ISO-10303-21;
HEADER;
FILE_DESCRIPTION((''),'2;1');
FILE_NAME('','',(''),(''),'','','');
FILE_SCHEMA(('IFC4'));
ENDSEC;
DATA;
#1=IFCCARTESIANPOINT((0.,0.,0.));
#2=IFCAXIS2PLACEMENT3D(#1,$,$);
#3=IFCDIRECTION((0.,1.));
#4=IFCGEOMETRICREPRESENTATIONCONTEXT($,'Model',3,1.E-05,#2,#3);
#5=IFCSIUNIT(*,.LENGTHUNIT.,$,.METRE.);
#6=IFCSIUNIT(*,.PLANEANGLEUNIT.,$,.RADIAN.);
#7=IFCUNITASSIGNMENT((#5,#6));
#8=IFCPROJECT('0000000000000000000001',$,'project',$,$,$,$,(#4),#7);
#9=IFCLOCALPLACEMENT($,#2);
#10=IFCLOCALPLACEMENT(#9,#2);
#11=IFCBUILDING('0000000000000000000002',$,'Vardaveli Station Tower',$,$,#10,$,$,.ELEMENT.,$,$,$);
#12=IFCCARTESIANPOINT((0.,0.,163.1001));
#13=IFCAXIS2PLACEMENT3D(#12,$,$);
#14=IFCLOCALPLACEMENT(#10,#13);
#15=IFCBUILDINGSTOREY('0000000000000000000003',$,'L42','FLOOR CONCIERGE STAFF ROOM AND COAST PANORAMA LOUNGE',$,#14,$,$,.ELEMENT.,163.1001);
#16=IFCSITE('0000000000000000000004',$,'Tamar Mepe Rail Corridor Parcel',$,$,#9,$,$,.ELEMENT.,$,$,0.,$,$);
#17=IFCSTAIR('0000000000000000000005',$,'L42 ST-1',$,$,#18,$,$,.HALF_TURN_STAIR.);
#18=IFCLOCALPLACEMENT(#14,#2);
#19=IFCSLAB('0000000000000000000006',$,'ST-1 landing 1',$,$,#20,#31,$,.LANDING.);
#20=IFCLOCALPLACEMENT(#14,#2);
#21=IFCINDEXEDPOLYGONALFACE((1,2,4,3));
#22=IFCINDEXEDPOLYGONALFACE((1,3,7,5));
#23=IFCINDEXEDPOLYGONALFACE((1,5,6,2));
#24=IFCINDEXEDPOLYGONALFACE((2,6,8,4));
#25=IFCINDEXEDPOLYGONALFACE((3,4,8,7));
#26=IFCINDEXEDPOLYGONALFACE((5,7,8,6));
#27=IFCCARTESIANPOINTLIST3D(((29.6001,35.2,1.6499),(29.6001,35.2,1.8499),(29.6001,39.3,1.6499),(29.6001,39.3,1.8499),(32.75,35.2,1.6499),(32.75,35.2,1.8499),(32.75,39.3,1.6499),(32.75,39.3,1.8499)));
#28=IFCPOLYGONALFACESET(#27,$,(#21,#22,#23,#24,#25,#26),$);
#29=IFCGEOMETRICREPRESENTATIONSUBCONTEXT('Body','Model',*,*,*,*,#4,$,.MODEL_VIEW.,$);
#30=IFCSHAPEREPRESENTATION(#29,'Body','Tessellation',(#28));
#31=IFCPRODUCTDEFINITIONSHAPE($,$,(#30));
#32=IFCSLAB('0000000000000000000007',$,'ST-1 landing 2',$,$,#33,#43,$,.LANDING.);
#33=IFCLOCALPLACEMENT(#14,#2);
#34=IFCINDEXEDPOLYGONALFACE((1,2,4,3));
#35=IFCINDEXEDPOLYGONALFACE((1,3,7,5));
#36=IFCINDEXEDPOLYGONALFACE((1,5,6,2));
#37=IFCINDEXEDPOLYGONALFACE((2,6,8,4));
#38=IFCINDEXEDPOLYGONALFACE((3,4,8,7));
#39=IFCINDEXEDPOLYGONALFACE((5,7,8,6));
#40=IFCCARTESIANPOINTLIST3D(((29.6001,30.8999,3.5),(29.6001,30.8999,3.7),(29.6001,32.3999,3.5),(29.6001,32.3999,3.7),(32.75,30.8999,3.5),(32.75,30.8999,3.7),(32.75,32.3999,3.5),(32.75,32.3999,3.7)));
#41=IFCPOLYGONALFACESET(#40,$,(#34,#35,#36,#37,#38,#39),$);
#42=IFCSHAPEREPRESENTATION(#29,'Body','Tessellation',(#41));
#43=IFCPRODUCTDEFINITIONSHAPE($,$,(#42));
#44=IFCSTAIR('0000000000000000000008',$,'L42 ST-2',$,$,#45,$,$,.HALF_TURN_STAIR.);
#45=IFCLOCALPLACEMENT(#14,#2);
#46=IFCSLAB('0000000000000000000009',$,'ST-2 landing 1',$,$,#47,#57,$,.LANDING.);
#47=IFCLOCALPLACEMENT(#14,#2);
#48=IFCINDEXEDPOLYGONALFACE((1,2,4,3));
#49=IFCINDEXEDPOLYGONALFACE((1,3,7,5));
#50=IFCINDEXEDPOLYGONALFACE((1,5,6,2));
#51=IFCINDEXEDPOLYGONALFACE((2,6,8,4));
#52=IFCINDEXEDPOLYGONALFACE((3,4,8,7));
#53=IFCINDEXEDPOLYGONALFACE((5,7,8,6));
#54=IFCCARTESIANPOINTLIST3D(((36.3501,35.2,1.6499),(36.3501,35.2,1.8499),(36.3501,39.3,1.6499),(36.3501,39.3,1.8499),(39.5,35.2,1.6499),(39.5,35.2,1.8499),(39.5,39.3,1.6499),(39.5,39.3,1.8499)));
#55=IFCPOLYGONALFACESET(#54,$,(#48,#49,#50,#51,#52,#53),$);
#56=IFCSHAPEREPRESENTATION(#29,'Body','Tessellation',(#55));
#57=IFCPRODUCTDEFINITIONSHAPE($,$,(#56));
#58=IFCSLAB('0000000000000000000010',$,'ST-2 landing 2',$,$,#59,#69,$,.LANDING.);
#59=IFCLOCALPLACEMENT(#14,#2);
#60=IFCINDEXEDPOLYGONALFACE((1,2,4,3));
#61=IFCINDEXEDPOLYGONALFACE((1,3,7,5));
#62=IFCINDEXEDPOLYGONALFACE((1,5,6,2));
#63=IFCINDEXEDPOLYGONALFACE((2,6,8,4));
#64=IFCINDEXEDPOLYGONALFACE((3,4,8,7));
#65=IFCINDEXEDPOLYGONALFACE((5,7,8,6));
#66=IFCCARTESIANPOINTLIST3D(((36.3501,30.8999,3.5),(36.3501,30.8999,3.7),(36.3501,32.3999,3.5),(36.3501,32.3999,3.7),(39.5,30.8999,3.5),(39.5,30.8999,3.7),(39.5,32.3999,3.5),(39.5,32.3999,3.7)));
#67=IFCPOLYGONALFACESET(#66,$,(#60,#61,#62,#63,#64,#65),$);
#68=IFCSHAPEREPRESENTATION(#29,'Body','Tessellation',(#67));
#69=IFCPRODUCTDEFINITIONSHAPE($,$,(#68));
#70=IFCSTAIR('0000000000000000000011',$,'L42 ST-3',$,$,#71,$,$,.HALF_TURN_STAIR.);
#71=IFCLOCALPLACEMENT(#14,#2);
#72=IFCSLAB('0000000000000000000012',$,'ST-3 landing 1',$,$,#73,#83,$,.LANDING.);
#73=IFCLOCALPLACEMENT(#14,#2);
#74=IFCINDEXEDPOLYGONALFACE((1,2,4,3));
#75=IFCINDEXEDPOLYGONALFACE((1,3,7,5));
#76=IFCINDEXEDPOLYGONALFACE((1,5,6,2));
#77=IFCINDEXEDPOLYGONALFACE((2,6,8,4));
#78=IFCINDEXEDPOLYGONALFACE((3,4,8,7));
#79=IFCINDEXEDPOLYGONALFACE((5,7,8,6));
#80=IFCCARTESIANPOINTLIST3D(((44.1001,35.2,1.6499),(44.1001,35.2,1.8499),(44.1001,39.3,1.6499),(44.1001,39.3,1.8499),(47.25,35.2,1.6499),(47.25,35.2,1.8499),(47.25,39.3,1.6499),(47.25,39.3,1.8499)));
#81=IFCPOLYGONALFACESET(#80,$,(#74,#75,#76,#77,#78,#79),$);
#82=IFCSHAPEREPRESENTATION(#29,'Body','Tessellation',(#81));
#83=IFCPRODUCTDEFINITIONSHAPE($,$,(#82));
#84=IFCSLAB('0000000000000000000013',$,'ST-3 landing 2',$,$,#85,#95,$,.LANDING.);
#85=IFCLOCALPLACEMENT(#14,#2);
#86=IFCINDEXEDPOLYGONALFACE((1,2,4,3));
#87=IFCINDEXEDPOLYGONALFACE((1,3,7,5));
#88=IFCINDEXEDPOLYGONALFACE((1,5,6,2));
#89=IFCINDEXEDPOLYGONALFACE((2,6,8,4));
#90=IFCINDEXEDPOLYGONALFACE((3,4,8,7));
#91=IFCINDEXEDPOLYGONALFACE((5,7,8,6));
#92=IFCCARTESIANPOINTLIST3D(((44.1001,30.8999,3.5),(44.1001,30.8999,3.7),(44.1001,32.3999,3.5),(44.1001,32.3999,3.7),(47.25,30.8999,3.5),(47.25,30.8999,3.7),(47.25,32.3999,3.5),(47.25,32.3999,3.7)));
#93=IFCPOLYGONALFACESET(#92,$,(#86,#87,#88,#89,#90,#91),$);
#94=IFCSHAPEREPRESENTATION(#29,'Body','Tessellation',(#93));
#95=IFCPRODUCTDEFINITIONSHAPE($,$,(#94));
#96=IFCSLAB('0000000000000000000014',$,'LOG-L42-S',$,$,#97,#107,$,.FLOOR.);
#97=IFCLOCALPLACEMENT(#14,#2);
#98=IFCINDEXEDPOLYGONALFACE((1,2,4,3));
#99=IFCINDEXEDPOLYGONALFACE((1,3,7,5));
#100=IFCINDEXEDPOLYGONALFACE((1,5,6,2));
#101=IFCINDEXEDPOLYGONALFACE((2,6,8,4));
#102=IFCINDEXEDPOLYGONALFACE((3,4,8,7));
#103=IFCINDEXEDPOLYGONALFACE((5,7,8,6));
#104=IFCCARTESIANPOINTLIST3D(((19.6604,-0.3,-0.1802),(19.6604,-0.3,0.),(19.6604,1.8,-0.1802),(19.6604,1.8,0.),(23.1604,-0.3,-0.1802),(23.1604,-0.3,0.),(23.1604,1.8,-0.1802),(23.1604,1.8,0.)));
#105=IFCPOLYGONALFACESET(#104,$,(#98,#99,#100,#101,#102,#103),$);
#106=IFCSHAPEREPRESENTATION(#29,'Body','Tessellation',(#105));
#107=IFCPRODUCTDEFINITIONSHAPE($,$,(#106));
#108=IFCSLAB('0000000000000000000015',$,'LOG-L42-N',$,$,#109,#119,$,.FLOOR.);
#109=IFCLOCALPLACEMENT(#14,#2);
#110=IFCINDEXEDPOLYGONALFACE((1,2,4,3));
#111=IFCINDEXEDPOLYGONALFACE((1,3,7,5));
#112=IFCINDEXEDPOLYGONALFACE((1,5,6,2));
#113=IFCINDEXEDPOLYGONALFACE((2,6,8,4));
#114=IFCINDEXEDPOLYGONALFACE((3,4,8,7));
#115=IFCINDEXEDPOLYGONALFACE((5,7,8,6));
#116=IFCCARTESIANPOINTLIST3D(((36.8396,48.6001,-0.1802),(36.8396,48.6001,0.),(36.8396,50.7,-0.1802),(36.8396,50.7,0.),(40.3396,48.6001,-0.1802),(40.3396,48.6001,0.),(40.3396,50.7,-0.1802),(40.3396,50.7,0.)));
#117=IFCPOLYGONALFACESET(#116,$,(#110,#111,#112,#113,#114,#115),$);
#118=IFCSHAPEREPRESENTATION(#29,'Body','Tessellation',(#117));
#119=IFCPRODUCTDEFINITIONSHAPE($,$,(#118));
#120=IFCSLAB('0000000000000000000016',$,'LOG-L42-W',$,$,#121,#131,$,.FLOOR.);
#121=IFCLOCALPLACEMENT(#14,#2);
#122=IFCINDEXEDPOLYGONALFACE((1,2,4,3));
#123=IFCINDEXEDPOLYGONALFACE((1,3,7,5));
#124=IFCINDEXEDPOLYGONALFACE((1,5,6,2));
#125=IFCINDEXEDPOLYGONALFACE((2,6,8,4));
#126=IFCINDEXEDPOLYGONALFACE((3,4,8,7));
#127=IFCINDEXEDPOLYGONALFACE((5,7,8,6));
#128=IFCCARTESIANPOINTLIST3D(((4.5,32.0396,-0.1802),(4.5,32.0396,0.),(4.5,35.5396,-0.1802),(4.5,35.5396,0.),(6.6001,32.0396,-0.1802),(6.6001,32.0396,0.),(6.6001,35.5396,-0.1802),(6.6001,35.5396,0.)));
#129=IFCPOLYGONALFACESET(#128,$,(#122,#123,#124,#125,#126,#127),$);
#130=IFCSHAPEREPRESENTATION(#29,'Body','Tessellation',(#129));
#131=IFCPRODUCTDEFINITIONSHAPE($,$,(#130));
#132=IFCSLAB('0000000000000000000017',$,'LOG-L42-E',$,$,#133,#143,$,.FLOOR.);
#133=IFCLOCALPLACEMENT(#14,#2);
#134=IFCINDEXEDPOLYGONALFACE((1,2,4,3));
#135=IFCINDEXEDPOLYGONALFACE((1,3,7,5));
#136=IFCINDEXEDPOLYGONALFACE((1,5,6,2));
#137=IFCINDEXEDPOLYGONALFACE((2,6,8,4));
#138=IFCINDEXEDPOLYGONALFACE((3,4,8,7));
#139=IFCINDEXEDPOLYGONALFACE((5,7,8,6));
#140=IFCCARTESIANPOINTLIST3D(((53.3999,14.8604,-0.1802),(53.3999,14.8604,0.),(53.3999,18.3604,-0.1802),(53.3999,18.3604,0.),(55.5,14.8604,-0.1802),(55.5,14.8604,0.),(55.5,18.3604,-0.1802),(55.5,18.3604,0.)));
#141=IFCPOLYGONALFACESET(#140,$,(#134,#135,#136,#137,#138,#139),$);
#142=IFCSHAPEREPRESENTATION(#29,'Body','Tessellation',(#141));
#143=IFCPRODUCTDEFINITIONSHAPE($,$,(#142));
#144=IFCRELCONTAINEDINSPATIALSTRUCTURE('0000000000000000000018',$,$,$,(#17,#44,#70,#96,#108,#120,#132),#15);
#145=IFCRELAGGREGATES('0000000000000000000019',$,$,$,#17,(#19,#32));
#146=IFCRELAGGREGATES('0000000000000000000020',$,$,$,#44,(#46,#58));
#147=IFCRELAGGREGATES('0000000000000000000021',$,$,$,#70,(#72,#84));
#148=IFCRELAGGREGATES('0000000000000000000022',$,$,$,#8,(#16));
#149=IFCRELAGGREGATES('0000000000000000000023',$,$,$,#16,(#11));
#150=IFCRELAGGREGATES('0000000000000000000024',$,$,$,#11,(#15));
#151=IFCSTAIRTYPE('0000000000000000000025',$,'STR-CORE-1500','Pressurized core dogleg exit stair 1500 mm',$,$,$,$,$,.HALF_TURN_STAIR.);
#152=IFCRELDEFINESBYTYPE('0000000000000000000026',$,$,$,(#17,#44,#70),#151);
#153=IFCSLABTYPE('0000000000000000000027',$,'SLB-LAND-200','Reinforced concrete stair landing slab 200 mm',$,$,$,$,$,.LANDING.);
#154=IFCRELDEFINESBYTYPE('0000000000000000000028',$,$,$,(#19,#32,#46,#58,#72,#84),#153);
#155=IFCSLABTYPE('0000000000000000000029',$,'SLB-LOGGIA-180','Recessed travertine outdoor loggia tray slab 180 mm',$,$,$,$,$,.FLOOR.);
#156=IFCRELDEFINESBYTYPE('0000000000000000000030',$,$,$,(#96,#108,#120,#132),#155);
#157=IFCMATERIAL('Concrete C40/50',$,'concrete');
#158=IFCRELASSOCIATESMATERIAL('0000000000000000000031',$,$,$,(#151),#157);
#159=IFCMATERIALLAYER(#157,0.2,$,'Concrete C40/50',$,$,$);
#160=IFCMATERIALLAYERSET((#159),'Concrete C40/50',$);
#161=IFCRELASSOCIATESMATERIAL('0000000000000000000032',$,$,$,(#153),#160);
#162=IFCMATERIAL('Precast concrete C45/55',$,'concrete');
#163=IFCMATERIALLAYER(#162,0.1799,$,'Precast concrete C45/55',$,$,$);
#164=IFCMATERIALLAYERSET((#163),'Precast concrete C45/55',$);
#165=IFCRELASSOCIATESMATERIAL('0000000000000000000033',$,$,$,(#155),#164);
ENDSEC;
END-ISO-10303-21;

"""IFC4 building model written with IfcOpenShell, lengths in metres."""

from ifc_helpers import new_model, si_unit, direction, frame, origin, place, context, subcontext, project, spatial, polyline, outline, extrude, material, layer, layer_set, type_object, element, aggregate, save


model = new_model("IFC4")

# Units and contexts
model_context = context("Model", 3, precision=1e-05, world=origin(), true_north=direction((0.0, 1.0)))
body_context = subcontext(model_context, "Body", "Model", "MODEL_VIEW")
ifc_project = project(units=[si_unit("LENGTHUNIT", "METRE"), si_unit("PLANEANGLEUNIT", "RADIAN")], contexts=[model_context])

# Site, building, storey
site_placement = place(None, origin())
site = spatial("IfcSite", under=ifc_project, at=site_placement, Name="Tamar Mepe Rail Corridor Parcel", CompositionType="ELEMENT", RefElevation=0.0)
building_placement = place(site_placement, origin())
building = spatial("IfcBuilding", under=site, at=building_placement, Name="Vardaveli Station Tower", CompositionType="ELEMENT")
storey_placement = place(building_placement, frame((0.0, 0.0, 163.1001)))
storey = spatial("IfcBuildingStorey", under=building, at=storey_placement, Name="L42", Description="FLOOR CONCIERGE STAFF ROOM AND COAST PANORAMA LOUNGE", CompositionType="ELEMENT", Elevation=163.1001)

# Stairs, slabs
ifc_material_1 = material(Name="Concrete C40/50", Category="concrete")
stair_type = type_object("IfcStairType", Name="STR-CORE-1500", Description="Pressurized core dogleg exit stair 1500 mm", PredefinedType="HALF_TURN_STAIR", material=ifc_material_1)
stair_1_placement = place(storey_placement, origin())
stair_1 = element("IfcStair", 1, at=stair_1_placement, inside=storey, type_object=stair_type, Name="L42 ST-1", PredefinedType="HALF_TURN_STAIR")
ifc_layer_1 = layer(ifc_material_1, 0.2, Name="Concrete C40/50")
ifc_layer_set_1 = layer_set([ifc_layer_1], Name="Concrete C40/50")
slab_type_1 = type_object("IfcSlabType", Name="SLB-LAND-200", Description="Reinforced concrete stair landing slab 200 mm", PredefinedType="LANDING", material=ifc_layer_set_1)
slab_1_placement = place(storey_placement, frame((0.0, 0.0, 1.6499)))
slab_1 = element("IfcSlab", 2, at=slab_1_placement, type_object=slab_type_1, Name="ST-1 landing 1", PredefinedType="LANDING", context=body_context, shape_type="SweptSolid", body=[
    extrude(outline(polyline([(32.75, 35.2), (32.75, 39.3), (29.6001, 39.3), (29.6001, 35.2), (32.75, 35.2)])), origin(), (0.0, 0.0, 1.0), 0.2),
])
slab_2_placement = place(storey_placement, frame((0.0, 0.0, 3.5)))
slab_2 = element("IfcSlab", 3, at=slab_2_placement, type_object=slab_type_1, Name="ST-1 landing 2", PredefinedType="LANDING", context=body_context, shape_type="SweptSolid", body=[
    extrude(outline(polyline([(32.75, 30.8999), (32.75, 32.3999), (29.6001, 32.3999), (29.6001, 30.8999), (32.75, 30.8999)])), origin(), (0.0, 0.0, 1.0), 0.2),
])
aggregate(stair_1, [slab_1, slab_2])
stair_2_placement = place(storey_placement, origin())
stair_2 = element("IfcStair", 4, at=stair_2_placement, inside=storey, type_object=stair_type, Name="L42 ST-2", PredefinedType="HALF_TURN_STAIR")
slab_3_placement = place(storey_placement, frame((0.0, 0.0, 1.6499)))
slab_3 = element("IfcSlab", 5, at=slab_3_placement, type_object=slab_type_1, Name="ST-2 landing 1", PredefinedType="LANDING", context=body_context, shape_type="SweptSolid", body=[
    extrude(outline(polyline([(39.5, 35.2), (39.5, 39.3), (36.3501, 39.3), (36.3501, 35.2), (39.5, 35.2)])), origin(), (0.0, 0.0, 1.0), 0.2),
])
slab_4_placement = place(storey_placement, frame((0.0, 0.0, 3.5)))
slab_4 = element("IfcSlab", 6, at=slab_4_placement, type_object=slab_type_1, Name="ST-2 landing 2", PredefinedType="LANDING", context=body_context, shape_type="SweptSolid", body=[
    extrude(outline(polyline([(39.5, 30.8999), (39.5, 32.3999), (36.3501, 32.3999), (36.3501, 30.8999), (39.5, 30.8999)])), origin(), (0.0, 0.0, 1.0), 0.2),
])
aggregate(stair_2, [slab_3, slab_4])
stair_3_placement = place(storey_placement, origin())
stair_3 = element("IfcStair", 7, at=stair_3_placement, inside=storey, type_object=stair_type, Name="L42 ST-3", PredefinedType="HALF_TURN_STAIR")
slab_5_placement = place(storey_placement, frame((0.0, 0.0, 1.6499)))
slab_5 = element("IfcSlab", 8, at=slab_5_placement, type_object=slab_type_1, Name="ST-3 landing 1", PredefinedType="LANDING", context=body_context, shape_type="SweptSolid", body=[
    extrude(outline(polyline([(47.25, 35.2), (47.25, 39.3), (44.1001, 39.3), (44.1001, 35.2), (47.25, 35.2)])), origin(), (0.0, 0.0, 1.0), 0.2),
])
slab_6_placement = place(storey_placement, frame((0.0, 0.0, 3.5)))
slab_6 = element("IfcSlab", 9, at=slab_6_placement, type_object=slab_type_1, Name="ST-3 landing 2", PredefinedType="LANDING", context=body_context, shape_type="SweptSolid", body=[
    extrude(outline(polyline([(47.25, 30.8999), (47.25, 32.3999), (44.1001, 32.3999), (44.1001, 30.8999), (47.25, 30.8999)])), origin(), (0.0, 0.0, 1.0), 0.2),
])
aggregate(stair_3, [slab_5, slab_6])

# Slabs
ifc_material_2 = material(Name="Precast concrete C45/55", Category="concrete")
ifc_layer_2 = layer(ifc_material_2, 0.1799, Name="Precast concrete C45/55")
ifc_layer_set_2 = layer_set([ifc_layer_2], Name="Precast concrete C45/55")
slab_type_2 = type_object("IfcSlabType", Name="SLB-LOGGIA-180", Description="Recessed travertine outdoor loggia tray slab 180 mm", PredefinedType="FLOOR", material=ifc_layer_set_2)
slab_7_placement = place(storey_placement, frame((0.0, 0.0, -0.1802)))
element("IfcSlab", 10, at=slab_7_placement, inside=storey, type_object=slab_type_2, Name="LOG-L42-S", PredefinedType="FLOOR", context=body_context, shape_type="SweptSolid", body=[
    extrude(outline(polyline([(19.6604, -0.3), (23.1604, -0.3), (23.1604, 1.8), (19.6604, 1.8), (19.6604, -0.3)])), origin(), (0.0, 0.0, 1.0), 0.1802),
])
slab_8_placement = place(storey_placement, frame((0.0, 0.0, -0.1802)))
element("IfcSlab", 11, at=slab_8_placement, inside=storey, type_object=slab_type_2, Name="LOG-L42-N", PredefinedType="FLOOR", context=body_context, shape_type="SweptSolid", body=[
    extrude(outline(polyline([(36.8396, 48.6001), (40.3396, 48.6001), (40.3396, 50.7), (36.8396, 50.7), (36.8396, 48.6001)])), origin(), (0.0, 0.0, 1.0), 0.1802),
])
slab_9_placement = place(storey_placement, frame((0.0, 0.0, -0.1802)))
element("IfcSlab", 12, at=slab_9_placement, inside=storey, type_object=slab_type_2, Name="LOG-L42-W", PredefinedType="FLOOR", context=body_context, shape_type="SweptSolid", body=[
    extrude(outline(polyline([(4.5, 32.0396), (6.6001, 32.0396), (6.6001, 35.5396), (4.5, 35.5396), (4.5, 32.0396)])), origin(), (0.0, 0.0, 1.0), 0.1802),
])
slab_10_placement = place(storey_placement, frame((0.0, 0.0, -0.1802)))
element("IfcSlab", 13, at=slab_10_placement, inside=storey, type_object=slab_type_2, Name="LOG-L42-E", PredefinedType="FLOOR", context=body_context, shape_type="SweptSolid", body=[
    extrude(outline(polyline([(53.3999, 14.8604), (55.5, 14.8604), (55.5, 18.3604), (53.3999, 18.3604), (53.3999, 14.8604)])), origin(), (0.0, 0.0, 1.0), 0.1802),
])

save(model, "model.ifc")
